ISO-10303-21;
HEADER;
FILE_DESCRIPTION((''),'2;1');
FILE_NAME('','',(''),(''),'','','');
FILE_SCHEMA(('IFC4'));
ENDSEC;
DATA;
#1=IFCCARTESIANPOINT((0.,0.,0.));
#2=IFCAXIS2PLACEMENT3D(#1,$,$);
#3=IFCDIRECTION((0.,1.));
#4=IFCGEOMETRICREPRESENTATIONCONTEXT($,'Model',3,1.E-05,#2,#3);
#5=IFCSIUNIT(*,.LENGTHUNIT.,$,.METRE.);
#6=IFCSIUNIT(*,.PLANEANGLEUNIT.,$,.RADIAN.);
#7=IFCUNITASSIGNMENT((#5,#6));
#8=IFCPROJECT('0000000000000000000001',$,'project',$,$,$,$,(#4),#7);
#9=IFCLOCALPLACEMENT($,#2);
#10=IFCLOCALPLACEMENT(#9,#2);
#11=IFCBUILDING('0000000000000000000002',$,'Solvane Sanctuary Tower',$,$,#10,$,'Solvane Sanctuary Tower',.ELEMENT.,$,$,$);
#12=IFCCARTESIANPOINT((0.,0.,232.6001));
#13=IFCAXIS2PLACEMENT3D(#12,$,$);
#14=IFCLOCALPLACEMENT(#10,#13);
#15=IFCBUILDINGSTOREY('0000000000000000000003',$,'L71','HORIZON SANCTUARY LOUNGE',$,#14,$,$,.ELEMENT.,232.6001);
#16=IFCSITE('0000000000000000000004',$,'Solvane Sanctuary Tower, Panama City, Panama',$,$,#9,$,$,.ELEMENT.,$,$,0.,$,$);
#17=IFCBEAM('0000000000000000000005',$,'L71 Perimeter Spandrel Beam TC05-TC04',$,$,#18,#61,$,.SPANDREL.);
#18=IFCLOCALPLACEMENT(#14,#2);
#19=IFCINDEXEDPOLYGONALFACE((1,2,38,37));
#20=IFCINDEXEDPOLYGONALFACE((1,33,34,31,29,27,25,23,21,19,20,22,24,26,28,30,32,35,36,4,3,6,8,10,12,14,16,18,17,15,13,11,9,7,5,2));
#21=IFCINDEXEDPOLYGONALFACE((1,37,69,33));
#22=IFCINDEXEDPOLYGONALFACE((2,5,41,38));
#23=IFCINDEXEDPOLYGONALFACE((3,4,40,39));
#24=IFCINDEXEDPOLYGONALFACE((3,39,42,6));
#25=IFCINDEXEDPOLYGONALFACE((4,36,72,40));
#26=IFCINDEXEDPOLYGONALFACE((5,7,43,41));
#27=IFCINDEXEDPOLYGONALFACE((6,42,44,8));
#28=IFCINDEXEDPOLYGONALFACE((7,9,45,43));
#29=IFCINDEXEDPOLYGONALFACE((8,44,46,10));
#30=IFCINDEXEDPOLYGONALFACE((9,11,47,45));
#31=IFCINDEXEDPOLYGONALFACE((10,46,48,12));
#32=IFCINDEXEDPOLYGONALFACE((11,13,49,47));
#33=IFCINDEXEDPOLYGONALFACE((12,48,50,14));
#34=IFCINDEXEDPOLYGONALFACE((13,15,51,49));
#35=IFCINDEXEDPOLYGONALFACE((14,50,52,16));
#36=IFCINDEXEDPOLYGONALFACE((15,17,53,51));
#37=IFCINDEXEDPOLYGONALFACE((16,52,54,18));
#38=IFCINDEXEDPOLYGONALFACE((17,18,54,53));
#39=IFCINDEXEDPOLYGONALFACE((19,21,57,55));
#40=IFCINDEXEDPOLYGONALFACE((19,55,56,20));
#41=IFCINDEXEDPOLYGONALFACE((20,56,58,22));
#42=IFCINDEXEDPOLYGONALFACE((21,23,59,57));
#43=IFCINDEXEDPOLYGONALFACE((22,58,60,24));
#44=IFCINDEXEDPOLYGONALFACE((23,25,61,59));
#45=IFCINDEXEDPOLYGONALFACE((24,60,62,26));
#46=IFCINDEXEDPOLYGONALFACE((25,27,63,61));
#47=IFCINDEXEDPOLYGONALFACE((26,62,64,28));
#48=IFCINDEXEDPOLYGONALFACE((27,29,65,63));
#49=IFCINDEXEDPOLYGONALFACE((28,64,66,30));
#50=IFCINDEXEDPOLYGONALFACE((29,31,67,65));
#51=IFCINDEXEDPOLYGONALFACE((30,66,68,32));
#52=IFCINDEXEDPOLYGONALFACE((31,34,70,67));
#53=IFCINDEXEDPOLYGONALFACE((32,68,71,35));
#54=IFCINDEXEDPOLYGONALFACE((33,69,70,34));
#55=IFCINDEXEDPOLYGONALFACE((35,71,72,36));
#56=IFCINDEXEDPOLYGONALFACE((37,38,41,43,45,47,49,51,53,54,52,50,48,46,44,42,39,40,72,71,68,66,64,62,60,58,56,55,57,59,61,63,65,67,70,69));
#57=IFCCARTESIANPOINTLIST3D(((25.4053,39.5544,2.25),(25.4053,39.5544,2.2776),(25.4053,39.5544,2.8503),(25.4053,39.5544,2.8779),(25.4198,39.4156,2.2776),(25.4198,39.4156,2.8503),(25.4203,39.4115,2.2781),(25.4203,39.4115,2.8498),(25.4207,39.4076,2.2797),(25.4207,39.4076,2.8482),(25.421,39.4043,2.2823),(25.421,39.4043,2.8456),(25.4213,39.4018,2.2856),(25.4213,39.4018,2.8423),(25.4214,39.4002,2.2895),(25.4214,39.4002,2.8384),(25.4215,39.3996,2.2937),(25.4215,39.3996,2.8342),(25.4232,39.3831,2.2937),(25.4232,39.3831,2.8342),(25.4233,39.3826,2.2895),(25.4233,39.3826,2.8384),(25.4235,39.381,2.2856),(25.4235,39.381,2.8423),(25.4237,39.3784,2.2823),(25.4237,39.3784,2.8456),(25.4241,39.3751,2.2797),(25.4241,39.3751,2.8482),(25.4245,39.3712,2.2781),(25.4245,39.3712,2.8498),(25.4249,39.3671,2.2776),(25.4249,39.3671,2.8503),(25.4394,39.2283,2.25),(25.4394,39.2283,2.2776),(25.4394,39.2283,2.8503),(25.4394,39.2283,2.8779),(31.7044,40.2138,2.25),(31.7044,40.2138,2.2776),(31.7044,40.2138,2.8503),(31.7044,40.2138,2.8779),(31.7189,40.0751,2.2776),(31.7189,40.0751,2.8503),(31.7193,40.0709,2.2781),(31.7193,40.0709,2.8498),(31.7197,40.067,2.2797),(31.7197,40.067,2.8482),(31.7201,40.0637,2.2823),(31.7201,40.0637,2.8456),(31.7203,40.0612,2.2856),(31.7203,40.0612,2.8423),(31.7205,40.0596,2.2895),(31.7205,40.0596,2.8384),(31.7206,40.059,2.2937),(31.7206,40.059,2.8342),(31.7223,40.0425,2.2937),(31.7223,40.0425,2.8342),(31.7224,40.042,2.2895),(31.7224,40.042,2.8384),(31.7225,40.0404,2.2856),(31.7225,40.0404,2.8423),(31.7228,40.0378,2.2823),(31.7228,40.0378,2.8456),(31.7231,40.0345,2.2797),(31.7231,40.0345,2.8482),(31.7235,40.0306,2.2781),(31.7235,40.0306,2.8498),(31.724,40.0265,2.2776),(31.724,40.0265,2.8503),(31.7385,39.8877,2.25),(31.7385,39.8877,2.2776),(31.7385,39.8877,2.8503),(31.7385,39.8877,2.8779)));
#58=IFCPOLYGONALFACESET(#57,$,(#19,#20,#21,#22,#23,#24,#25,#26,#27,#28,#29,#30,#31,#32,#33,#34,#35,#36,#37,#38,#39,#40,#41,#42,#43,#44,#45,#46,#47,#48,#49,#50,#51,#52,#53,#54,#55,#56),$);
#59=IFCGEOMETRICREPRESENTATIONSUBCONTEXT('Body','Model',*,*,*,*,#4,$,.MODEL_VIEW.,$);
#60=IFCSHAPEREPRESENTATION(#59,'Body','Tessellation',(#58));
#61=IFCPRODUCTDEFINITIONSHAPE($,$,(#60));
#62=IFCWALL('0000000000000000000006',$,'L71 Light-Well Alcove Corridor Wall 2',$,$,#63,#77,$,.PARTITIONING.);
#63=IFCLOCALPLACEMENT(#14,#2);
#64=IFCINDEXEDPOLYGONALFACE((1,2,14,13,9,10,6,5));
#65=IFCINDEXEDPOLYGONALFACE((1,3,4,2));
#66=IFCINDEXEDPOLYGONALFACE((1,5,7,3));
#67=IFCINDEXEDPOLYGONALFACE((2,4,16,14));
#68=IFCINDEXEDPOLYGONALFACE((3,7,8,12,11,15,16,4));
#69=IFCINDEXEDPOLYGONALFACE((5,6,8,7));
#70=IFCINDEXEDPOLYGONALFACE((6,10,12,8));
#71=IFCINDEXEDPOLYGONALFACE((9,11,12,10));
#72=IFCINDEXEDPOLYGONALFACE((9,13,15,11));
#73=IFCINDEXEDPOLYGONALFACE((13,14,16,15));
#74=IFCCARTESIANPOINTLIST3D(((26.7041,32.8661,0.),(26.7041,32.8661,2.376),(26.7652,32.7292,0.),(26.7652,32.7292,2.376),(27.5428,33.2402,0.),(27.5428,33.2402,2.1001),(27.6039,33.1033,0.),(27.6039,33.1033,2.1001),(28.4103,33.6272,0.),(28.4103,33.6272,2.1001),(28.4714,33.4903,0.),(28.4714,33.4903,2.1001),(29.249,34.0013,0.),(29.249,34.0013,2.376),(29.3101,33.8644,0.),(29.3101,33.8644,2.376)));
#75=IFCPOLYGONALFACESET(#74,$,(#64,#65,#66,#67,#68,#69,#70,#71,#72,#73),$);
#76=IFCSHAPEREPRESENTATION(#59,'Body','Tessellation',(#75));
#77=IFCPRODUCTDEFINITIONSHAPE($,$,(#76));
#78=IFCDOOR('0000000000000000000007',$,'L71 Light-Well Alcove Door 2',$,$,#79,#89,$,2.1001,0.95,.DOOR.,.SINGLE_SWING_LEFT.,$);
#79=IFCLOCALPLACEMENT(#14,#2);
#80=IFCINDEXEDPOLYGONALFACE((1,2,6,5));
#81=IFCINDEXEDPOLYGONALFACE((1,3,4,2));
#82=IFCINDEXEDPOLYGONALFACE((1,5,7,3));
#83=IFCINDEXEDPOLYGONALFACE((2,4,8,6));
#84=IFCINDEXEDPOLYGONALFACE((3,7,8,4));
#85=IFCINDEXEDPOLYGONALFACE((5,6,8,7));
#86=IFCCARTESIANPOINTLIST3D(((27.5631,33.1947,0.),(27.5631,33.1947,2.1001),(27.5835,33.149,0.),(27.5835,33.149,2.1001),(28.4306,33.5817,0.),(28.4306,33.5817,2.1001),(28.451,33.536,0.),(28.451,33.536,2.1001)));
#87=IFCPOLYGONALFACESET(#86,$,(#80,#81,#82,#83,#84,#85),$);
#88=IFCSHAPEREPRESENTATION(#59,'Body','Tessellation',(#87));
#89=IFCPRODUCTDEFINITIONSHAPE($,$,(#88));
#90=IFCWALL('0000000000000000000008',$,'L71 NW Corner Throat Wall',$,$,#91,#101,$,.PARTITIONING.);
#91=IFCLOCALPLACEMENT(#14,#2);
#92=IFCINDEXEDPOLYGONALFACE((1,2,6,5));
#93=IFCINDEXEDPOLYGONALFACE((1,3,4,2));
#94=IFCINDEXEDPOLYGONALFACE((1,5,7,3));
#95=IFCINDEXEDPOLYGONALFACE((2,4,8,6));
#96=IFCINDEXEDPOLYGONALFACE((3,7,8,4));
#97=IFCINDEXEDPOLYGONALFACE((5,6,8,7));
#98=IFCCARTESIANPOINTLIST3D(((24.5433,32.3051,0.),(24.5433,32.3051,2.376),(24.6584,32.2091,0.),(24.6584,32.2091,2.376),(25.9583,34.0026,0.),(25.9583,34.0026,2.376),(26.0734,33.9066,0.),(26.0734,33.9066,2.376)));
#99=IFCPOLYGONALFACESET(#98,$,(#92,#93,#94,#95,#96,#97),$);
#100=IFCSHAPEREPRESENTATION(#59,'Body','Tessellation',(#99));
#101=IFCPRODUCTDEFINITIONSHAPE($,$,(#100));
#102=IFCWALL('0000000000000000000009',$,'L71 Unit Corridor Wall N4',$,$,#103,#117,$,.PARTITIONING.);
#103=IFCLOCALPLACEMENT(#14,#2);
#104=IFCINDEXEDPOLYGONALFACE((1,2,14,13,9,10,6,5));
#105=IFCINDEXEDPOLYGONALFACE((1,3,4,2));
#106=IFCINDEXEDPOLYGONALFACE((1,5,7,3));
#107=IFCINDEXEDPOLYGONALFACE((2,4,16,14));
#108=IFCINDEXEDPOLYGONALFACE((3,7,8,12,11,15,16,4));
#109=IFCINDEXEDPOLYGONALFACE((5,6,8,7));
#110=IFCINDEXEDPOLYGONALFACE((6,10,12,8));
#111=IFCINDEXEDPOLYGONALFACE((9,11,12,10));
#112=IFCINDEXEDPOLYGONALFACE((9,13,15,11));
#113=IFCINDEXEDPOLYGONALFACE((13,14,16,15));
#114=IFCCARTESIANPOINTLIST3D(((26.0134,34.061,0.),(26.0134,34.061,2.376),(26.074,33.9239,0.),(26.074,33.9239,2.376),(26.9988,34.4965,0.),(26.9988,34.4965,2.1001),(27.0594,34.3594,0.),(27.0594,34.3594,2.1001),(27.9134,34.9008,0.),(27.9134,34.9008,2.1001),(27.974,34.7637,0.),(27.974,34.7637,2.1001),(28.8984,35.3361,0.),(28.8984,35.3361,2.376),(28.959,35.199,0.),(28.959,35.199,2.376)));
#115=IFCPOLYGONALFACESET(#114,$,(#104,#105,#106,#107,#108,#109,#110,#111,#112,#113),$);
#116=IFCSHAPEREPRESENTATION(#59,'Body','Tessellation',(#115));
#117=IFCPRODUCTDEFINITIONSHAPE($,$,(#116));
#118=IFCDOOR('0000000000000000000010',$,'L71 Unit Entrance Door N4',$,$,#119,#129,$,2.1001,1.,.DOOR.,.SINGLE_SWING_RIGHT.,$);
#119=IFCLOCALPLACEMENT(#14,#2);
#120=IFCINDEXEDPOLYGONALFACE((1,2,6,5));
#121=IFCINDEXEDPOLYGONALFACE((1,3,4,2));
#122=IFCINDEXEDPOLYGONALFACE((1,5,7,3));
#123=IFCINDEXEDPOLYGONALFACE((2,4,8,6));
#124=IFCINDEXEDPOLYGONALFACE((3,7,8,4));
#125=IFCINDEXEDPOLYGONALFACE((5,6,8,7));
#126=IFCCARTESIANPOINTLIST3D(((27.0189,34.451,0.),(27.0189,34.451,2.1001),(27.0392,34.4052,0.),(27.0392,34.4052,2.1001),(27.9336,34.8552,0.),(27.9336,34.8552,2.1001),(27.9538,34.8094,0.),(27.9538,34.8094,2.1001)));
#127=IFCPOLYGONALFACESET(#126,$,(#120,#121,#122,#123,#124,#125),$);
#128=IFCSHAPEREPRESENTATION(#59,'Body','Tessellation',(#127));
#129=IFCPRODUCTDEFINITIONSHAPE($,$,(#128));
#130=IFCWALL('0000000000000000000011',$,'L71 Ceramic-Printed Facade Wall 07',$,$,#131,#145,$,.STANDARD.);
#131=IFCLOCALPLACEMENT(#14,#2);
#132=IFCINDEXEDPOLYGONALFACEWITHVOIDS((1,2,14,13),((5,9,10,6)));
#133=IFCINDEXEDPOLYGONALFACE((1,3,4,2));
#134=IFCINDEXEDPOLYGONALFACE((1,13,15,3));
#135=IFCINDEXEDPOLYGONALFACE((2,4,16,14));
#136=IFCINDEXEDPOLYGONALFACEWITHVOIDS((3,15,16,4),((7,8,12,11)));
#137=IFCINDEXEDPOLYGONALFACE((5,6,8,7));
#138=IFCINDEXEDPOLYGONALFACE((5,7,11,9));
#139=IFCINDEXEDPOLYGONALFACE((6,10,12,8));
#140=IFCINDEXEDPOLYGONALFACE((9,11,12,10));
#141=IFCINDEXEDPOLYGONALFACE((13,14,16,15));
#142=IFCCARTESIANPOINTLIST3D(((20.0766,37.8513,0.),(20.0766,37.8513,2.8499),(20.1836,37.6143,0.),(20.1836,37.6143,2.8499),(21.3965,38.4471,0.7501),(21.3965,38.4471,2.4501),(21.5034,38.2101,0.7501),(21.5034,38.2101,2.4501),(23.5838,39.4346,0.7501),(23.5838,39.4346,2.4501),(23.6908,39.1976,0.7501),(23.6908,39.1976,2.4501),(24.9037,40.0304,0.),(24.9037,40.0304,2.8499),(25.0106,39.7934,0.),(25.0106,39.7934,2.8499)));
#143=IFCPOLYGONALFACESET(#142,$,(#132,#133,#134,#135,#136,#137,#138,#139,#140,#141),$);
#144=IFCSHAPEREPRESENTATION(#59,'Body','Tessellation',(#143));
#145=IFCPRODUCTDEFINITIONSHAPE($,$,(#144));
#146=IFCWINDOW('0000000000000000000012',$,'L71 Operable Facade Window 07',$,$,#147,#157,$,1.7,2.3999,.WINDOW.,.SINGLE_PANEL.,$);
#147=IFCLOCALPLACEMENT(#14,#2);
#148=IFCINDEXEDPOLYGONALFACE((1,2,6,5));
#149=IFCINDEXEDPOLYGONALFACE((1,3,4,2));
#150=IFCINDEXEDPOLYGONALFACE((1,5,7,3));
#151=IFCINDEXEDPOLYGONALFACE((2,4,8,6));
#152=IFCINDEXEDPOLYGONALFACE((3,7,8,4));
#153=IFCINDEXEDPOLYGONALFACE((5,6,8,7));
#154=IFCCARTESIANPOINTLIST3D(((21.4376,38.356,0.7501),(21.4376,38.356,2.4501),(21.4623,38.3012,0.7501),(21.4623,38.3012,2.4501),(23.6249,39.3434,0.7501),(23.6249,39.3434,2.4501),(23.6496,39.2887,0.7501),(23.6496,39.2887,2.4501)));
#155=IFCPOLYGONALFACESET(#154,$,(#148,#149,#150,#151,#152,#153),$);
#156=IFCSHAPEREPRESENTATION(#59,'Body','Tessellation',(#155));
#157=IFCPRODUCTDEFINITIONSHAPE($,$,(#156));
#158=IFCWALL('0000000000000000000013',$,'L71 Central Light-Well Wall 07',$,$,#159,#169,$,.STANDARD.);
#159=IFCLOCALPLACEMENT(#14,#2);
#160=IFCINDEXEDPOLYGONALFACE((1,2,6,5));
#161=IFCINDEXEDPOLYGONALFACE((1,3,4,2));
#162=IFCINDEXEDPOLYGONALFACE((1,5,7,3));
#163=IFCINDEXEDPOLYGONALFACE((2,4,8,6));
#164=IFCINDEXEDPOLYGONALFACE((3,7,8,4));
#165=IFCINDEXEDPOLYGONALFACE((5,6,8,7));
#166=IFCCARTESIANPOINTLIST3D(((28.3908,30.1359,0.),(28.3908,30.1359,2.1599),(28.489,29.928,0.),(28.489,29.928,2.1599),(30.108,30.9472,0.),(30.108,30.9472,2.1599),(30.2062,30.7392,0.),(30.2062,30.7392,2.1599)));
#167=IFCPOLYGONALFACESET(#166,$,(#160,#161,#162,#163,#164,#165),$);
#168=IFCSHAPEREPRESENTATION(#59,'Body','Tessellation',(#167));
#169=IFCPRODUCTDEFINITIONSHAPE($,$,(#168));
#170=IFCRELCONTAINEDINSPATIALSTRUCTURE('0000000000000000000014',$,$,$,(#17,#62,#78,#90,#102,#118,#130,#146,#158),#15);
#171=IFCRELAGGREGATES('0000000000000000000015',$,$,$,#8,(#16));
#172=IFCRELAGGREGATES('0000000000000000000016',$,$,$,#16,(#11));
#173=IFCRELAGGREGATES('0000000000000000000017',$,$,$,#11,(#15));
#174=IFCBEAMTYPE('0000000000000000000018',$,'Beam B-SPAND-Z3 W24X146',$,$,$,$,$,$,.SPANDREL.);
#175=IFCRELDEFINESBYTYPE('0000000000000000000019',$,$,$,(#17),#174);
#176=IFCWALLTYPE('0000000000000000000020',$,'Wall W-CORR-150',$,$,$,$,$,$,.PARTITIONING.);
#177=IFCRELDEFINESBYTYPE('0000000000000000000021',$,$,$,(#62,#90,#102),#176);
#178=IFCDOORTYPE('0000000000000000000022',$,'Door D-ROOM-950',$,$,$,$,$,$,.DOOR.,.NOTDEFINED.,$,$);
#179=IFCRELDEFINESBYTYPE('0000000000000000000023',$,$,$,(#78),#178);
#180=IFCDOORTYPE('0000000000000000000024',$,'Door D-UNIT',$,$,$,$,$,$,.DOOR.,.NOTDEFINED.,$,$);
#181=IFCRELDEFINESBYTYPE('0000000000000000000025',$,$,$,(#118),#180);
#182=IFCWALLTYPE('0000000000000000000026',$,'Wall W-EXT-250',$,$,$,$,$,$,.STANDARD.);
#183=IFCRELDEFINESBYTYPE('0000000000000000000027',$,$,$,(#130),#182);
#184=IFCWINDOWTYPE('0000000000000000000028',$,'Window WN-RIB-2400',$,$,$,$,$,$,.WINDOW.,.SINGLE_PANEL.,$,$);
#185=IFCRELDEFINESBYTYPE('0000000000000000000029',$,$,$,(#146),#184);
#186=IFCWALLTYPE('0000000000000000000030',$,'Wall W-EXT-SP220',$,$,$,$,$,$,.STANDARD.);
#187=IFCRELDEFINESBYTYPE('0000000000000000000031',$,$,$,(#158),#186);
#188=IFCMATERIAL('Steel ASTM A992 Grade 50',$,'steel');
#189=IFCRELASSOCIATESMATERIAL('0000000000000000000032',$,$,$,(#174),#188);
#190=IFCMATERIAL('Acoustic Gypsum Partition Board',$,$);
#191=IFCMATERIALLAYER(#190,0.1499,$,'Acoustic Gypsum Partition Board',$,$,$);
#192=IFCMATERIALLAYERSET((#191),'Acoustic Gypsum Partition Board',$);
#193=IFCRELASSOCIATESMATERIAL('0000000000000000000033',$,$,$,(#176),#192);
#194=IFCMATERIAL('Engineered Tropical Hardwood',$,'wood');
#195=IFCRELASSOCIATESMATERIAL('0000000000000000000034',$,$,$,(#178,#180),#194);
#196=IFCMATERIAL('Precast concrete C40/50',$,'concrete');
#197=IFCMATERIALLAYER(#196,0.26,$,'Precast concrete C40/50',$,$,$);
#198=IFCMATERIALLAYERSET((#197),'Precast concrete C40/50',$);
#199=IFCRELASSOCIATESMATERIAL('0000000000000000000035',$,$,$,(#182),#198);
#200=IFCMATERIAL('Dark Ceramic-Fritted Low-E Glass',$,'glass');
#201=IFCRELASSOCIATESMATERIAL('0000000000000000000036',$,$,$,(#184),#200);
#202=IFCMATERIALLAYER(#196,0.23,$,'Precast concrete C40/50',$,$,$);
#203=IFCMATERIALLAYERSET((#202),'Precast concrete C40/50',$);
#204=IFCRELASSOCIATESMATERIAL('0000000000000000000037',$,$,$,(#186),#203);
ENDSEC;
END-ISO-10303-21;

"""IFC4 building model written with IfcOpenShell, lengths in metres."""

from ifc_helpers import new_model, si_unit, direction, frame, frame_2d, origin, origin_2d, place, context, subcontext, project, spatial, rectangle, i_section, extrude, material, layer, layer_set, material_profile, profile_set, type_object, element, fill, save


model = new_model("IFC4")

# Units and contexts
model_context = context("Model", 3, precision=1e-05, world=origin(), true_north=direction((0.0, 1.0)))
body_context = subcontext(model_context, "Body", "Model", "MODEL_VIEW")
ifc_project = project(units=[si_unit("LENGTHUNIT", "METRE"), si_unit("PLANEANGLEUNIT", "RADIAN")], contexts=[model_context])

# Site, building, storey
site_placement = place(None, origin())
site = spatial("IfcSite", under=ifc_project, at=site_placement, Name="Solvane Sanctuary Tower, Panama City, Panama", CompositionType="ELEMENT", RefElevation=0.0)
building_placement = place(site_placement, origin())
building = spatial("IfcBuilding", under=site, at=building_placement, Name="Solvane Sanctuary Tower", LongName="Solvane Sanctuary Tower", CompositionType="ELEMENT")
storey_placement = place(building_placement, frame((0.0, 0.0, 232.6001)))
storey = spatial("IfcBuildingStorey", under=building, at=storey_placement, Name="L71", Description="HORIZON SANCTUARY LOUNGE", CompositionType="ELEMENT", Elevation=232.6001)

# Beam
ifc_material_1 = material(Name="Steel ASTM A992 Grade 50", Category="steel")
ifc_material_profile_1 = material_profile(ifc_material_1, i_section(OverallWidth=0.3279, OverallDepth=0.6279, WebThickness=0.0166, FlangeThickness=0.0276, FilletRadius=0.0161, at=origin_2d()), Name="W24X146")
ifc_profile_set_1 = profile_set([ifc_material_profile_1], Name="Steel ASTM A992 Grade 50")
beam_type_1 = type_object("IfcBeamType", Name="Beam B-SPAND-Z3 W24X146", PredefinedType="SPANDREL", material=ifc_profile_set_1)
beam_1_placement = place(storey_placement, frame((25.4224, 39.3914, 2.564), z_axis=(0.994565, 0.104117, 0.0), x_axis=(-0.104117, 0.994565, 0.0)))
element("IfcBeam", 1, at=beam_1_placement, inside=storey, type_object=beam_type_1, Name="L71 Perimeter Spandrel Beam TC05-TC04", PredefinedType="SPANDREL", context=body_context, shape_type="SweptSolid", body=[
    extrude(i_section(OverallWidth=0.3279, OverallDepth=0.6279, WebThickness=0.0166, FlangeThickness=0.0276, FilletRadius=0.0161, at=origin_2d()), origin(), (0.0, 0.0, 1.0), 6.3335),
])

# Wall, opening, door
ifc_material_2 = material(Name="Acoustic Gypsum Partition Board")
ifc_layer_1 = layer(ifc_material_2, 0.1499, Name="Acoustic Gypsum Partition Board")
ifc_layer_set_1 = layer_set([ifc_layer_1], Name="Acoustic Gypsum Partition Board")
wall_type_1 = type_object("IfcWallType", Name="Wall W-CORR-150", PredefinedType="PARTITIONING", material=ifc_layer_set_1)
wall_1_placement = place(storey_placement, frame((29.2795, 33.9329, 0.0), z_axis=(0.0, 0.0, 1.0), x_axis=(-0.913254, -0.40739, 0.0)))
wall_1 = element("IfcWall", 2, at=wall_1_placement, inside=storey, type_object=wall_type_1, Name="L71 Light-Well Alcove Corridor Wall 2", PredefinedType="PARTITIONING", context=body_context, shape_type="SweptSolid", body=[
    extrude(rectangle(XDim=2.7866, YDim=0.1499, at=frame_2d((1.3933, 0.0))), origin(), (0.0, 0.0, 1.0), 2.376),
])
opening_1_placement = place(wall_1_placement, frame((0.9182, 0.0, 0.0)))
opening_1 = element("IfcOpeningElement", 3, at=opening_1_placement, cuts=wall_1, PredefinedType="OPENING", context=body_context, shape_type="SweptSolid", body=[
    extrude(rectangle(XDim=0.95, YDim=2.1001, at=frame_2d((0.4751, 1.05))), frame((0.0, 0.085, 0.0), z_axis=(0.0, -1.0, 0.0), x_axis=(1.0, 0.0, 0.0)), (0.0, 0.0, 1.0), 0.1699),
])
ifc_material_3 = material(Name="Engineered Tropical Hardwood", Category="wood")
door_type_1 = type_object("IfcDoorType", Name="Door D-ROOM-950", OperationType="NOTDEFINED", PredefinedType="DOOR", material=ifc_material_3)
door_1_placement = place(opening_1_placement, origin())
door_1 = element("IfcDoor", 4, at=door_1_placement, inside=storey, type_object=door_type_1, Name="L71 Light-Well Alcove Door 2", OperationType="SINGLE_SWING_LEFT", OverallHeight=2.1001, OverallWidth=0.95, PredefinedType="DOOR", context=body_context, shape_type="SweptSolid", body=[
    extrude(rectangle(XDim=0.95, YDim=2.1001, at=frame_2d((0.4751, 1.05))), frame((0.0, 0.0249, 0.0), z_axis=(0.0, -1.0, 0.0), x_axis=(1.0, 0.0, 0.0)), (0.0, 0.0, 1.0), 0.05),
])
fill(opening_1, door_1)

# Wall
wall_2_placement = place(storey_placement, frame((26.0159, 33.9546, 0.0), z_axis=(0.0, 0.0, 1.0), x_axis=(-0.640304, -0.768122, 0.0)))
element("IfcWall", 5, at=wall_2_placement, inside=storey, type_object=wall_type_1, Name="L71 NW Corner Throat Wall", PredefinedType="PARTITIONING", context=body_context, shape_type="SweptSolid", body=[
    extrude(rectangle(XDim=2.21, YDim=0.1499, at=frame_2d((1.105, 0.0))), origin(), (0.0, 0.0, 1.0), 2.376),
])

# Wall, opening, door
wall_3_placement = place(storey_placement, frame((28.9287, 35.2676, 0.0), z_axis=(0.0, 0.0, 1.0), x_axis=(-0.914643, -0.404263, 0.0)))
wall_3 = element("IfcWall", 6, at=wall_3_placement, inside=storey, type_object=wall_type_1, Name="L71 Unit Corridor Wall N4", PredefinedType="PARTITIONING", context=body_context, shape_type="SweptSolid", body=[
    extrude(rectangle(XDim=3.1543, YDim=0.1499, at=frame_2d((1.5771, 0.0))), origin(), (0.0, 0.0, 1.0), 2.376),
])
opening_2_placement = place(wall_3_placement, frame((1.0769, 0.0, 0.0)))
opening_2 = element("IfcOpeningElement", 7, at=opening_2_placement, cuts=wall_3, PredefinedType="OPENING", context=body_context, shape_type="SweptSolid", body=[
    extrude(rectangle(XDim=1.0, YDim=2.1001, at=frame_2d((0.5, 1.05))), frame((0.0, 0.085, 0.0), z_axis=(0.0, -1.0, 0.0), x_axis=(1.0, 0.0, 0.0)), (0.0, 0.0, 1.0), 0.1699),
])
door_type_2 = type_object("IfcDoorType", Name="Door D-UNIT", OperationType="NOTDEFINED", PredefinedType="DOOR", material=ifc_material_3)
door_2_placement = place(opening_2_placement, origin())
door_2 = element("IfcDoor", 8, at=door_2_placement, inside=storey, type_object=door_type_2, Name="L71 Unit Entrance Door N4", OperationType="SINGLE_SWING_RIGHT", OverallHeight=2.1001, OverallWidth=1.0, PredefinedType="DOOR", context=body_context, shape_type="SweptSolid", body=[
    extrude(rectangle(XDim=1.0, YDim=2.1001, at=frame_2d((0.5, 1.05))), frame((0.0, 0.0249, 0.0), z_axis=(0.0, -1.0, 0.0), x_axis=(1.0, 0.0, 0.0)), (0.0, 0.0, 1.0), 0.05),
])
fill(opening_2, door_2)

# Wall, opening, window
ifc_material_4 = material(Name="Precast concrete C40/50", Category="concrete")
ifc_layer_2 = layer(ifc_material_4, 0.26, Name="Precast concrete C40/50")
ifc_layer_set_2 = layer_set([ifc_layer_2], Name="Precast concrete C40/50")
wall_type_2 = type_object("IfcWallType", Name="Wall W-EXT-250", PredefinedType="STANDARD", material=ifc_layer_set_2)
wall_4_placement = place(storey_placement, frame((24.957, 39.9119, 0.0), z_axis=(0.0, 0.0, 1.0), x_axis=(-0.911427, -0.411461, 0.0)))
wall_4 = element("IfcWall", 9, at=wall_4_placement, inside=storey, type_object=wall_type_2, Name="L71 Ceramic-Printed Facade Wall 07", PredefinedType="STANDARD", context=body_context, shape_type="SweptSolid", body=[
    extrude(rectangle(XDim=5.2961, YDim=0.26, at=frame_2d((2.6479, 0.0))), origin(), (0.0, 0.0, 1.0), 2.8499),
])
opening_3_placement = place(wall_4_placement, frame((1.448, 0.0, 0.75)))
opening_3 = element("IfcOpeningElement", 10, at=opening_3_placement, cuts=wall_4, PredefinedType="OPENING", context=body_context, shape_type="SweptSolid", body=[
    extrude(rectangle(XDim=2.3999, YDim=1.7, at=frame_2d((1.2, 0.8501))), frame((0.0, 0.1399, 0.0), z_axis=(0.0, -1.0, 0.0), x_axis=(1.0, 0.0, 0.0)), (0.0, 0.0, 1.0), 0.28),
])
ifc_material_5 = material(Name="Dark Ceramic-Fritted Low-E Glass", Category="glass")
window_type = type_object("IfcWindowType", Name="Window WN-RIB-2400", PartitioningType="SINGLE_PANEL", PredefinedType="WINDOW", material=ifc_material_5)
window_placement = place(opening_3_placement, origin())
window = element("IfcWindow", 11, at=window_placement, inside=storey, type_object=window_type, Name="L71 Operable Facade Window 07", OverallHeight=1.7, OverallWidth=2.3999, PartitioningType="SINGLE_PANEL", PredefinedType="WINDOW", context=body_context, shape_type="SweptSolid", body=[
    extrude(rectangle(XDim=2.3999, YDim=1.7, at=frame_2d((1.2, 0.8501))), frame((0.0, 0.03, 0.0), z_axis=(0.0, -1.0, 0.0), x_axis=(1.0, 0.0, 0.0)), (0.0, 0.0, 1.0), 0.0601),
])
fill(opening_3, window)

# Wall
ifc_layer_3 = layer(ifc_material_4, 0.23, Name="Precast concrete C40/50")
ifc_layer_set_3 = layer_set([ifc_layer_3], Name="Precast concrete C40/50")
wall_type_3 = type_object("IfcWallType", Name="Wall W-EXT-SP220", PredefinedType="STANDARD", material=ifc_layer_set_3)
wall_5_placement = place(storey_placement, frame((30.1572, 30.8433, 0.0), z_axis=(0.0, 0.0, 1.0), x_axis=(-0.90418, -0.427152, 0.0)))
element("IfcWall", 12, at=wall_5_placement, inside=storey, type_object=wall_type_3, Name="L71 Central Light-Well Wall 07", PredefinedType="STANDARD", context=body_context, shape_type="SweptSolid", body=[
    extrude(rectangle(XDim=1.8992, YDim=0.23, at=frame_2d((0.9497, 0.0))), origin(), (0.0, 0.0, 1.0), 2.1599),
])

save(model, "model.ifc")
